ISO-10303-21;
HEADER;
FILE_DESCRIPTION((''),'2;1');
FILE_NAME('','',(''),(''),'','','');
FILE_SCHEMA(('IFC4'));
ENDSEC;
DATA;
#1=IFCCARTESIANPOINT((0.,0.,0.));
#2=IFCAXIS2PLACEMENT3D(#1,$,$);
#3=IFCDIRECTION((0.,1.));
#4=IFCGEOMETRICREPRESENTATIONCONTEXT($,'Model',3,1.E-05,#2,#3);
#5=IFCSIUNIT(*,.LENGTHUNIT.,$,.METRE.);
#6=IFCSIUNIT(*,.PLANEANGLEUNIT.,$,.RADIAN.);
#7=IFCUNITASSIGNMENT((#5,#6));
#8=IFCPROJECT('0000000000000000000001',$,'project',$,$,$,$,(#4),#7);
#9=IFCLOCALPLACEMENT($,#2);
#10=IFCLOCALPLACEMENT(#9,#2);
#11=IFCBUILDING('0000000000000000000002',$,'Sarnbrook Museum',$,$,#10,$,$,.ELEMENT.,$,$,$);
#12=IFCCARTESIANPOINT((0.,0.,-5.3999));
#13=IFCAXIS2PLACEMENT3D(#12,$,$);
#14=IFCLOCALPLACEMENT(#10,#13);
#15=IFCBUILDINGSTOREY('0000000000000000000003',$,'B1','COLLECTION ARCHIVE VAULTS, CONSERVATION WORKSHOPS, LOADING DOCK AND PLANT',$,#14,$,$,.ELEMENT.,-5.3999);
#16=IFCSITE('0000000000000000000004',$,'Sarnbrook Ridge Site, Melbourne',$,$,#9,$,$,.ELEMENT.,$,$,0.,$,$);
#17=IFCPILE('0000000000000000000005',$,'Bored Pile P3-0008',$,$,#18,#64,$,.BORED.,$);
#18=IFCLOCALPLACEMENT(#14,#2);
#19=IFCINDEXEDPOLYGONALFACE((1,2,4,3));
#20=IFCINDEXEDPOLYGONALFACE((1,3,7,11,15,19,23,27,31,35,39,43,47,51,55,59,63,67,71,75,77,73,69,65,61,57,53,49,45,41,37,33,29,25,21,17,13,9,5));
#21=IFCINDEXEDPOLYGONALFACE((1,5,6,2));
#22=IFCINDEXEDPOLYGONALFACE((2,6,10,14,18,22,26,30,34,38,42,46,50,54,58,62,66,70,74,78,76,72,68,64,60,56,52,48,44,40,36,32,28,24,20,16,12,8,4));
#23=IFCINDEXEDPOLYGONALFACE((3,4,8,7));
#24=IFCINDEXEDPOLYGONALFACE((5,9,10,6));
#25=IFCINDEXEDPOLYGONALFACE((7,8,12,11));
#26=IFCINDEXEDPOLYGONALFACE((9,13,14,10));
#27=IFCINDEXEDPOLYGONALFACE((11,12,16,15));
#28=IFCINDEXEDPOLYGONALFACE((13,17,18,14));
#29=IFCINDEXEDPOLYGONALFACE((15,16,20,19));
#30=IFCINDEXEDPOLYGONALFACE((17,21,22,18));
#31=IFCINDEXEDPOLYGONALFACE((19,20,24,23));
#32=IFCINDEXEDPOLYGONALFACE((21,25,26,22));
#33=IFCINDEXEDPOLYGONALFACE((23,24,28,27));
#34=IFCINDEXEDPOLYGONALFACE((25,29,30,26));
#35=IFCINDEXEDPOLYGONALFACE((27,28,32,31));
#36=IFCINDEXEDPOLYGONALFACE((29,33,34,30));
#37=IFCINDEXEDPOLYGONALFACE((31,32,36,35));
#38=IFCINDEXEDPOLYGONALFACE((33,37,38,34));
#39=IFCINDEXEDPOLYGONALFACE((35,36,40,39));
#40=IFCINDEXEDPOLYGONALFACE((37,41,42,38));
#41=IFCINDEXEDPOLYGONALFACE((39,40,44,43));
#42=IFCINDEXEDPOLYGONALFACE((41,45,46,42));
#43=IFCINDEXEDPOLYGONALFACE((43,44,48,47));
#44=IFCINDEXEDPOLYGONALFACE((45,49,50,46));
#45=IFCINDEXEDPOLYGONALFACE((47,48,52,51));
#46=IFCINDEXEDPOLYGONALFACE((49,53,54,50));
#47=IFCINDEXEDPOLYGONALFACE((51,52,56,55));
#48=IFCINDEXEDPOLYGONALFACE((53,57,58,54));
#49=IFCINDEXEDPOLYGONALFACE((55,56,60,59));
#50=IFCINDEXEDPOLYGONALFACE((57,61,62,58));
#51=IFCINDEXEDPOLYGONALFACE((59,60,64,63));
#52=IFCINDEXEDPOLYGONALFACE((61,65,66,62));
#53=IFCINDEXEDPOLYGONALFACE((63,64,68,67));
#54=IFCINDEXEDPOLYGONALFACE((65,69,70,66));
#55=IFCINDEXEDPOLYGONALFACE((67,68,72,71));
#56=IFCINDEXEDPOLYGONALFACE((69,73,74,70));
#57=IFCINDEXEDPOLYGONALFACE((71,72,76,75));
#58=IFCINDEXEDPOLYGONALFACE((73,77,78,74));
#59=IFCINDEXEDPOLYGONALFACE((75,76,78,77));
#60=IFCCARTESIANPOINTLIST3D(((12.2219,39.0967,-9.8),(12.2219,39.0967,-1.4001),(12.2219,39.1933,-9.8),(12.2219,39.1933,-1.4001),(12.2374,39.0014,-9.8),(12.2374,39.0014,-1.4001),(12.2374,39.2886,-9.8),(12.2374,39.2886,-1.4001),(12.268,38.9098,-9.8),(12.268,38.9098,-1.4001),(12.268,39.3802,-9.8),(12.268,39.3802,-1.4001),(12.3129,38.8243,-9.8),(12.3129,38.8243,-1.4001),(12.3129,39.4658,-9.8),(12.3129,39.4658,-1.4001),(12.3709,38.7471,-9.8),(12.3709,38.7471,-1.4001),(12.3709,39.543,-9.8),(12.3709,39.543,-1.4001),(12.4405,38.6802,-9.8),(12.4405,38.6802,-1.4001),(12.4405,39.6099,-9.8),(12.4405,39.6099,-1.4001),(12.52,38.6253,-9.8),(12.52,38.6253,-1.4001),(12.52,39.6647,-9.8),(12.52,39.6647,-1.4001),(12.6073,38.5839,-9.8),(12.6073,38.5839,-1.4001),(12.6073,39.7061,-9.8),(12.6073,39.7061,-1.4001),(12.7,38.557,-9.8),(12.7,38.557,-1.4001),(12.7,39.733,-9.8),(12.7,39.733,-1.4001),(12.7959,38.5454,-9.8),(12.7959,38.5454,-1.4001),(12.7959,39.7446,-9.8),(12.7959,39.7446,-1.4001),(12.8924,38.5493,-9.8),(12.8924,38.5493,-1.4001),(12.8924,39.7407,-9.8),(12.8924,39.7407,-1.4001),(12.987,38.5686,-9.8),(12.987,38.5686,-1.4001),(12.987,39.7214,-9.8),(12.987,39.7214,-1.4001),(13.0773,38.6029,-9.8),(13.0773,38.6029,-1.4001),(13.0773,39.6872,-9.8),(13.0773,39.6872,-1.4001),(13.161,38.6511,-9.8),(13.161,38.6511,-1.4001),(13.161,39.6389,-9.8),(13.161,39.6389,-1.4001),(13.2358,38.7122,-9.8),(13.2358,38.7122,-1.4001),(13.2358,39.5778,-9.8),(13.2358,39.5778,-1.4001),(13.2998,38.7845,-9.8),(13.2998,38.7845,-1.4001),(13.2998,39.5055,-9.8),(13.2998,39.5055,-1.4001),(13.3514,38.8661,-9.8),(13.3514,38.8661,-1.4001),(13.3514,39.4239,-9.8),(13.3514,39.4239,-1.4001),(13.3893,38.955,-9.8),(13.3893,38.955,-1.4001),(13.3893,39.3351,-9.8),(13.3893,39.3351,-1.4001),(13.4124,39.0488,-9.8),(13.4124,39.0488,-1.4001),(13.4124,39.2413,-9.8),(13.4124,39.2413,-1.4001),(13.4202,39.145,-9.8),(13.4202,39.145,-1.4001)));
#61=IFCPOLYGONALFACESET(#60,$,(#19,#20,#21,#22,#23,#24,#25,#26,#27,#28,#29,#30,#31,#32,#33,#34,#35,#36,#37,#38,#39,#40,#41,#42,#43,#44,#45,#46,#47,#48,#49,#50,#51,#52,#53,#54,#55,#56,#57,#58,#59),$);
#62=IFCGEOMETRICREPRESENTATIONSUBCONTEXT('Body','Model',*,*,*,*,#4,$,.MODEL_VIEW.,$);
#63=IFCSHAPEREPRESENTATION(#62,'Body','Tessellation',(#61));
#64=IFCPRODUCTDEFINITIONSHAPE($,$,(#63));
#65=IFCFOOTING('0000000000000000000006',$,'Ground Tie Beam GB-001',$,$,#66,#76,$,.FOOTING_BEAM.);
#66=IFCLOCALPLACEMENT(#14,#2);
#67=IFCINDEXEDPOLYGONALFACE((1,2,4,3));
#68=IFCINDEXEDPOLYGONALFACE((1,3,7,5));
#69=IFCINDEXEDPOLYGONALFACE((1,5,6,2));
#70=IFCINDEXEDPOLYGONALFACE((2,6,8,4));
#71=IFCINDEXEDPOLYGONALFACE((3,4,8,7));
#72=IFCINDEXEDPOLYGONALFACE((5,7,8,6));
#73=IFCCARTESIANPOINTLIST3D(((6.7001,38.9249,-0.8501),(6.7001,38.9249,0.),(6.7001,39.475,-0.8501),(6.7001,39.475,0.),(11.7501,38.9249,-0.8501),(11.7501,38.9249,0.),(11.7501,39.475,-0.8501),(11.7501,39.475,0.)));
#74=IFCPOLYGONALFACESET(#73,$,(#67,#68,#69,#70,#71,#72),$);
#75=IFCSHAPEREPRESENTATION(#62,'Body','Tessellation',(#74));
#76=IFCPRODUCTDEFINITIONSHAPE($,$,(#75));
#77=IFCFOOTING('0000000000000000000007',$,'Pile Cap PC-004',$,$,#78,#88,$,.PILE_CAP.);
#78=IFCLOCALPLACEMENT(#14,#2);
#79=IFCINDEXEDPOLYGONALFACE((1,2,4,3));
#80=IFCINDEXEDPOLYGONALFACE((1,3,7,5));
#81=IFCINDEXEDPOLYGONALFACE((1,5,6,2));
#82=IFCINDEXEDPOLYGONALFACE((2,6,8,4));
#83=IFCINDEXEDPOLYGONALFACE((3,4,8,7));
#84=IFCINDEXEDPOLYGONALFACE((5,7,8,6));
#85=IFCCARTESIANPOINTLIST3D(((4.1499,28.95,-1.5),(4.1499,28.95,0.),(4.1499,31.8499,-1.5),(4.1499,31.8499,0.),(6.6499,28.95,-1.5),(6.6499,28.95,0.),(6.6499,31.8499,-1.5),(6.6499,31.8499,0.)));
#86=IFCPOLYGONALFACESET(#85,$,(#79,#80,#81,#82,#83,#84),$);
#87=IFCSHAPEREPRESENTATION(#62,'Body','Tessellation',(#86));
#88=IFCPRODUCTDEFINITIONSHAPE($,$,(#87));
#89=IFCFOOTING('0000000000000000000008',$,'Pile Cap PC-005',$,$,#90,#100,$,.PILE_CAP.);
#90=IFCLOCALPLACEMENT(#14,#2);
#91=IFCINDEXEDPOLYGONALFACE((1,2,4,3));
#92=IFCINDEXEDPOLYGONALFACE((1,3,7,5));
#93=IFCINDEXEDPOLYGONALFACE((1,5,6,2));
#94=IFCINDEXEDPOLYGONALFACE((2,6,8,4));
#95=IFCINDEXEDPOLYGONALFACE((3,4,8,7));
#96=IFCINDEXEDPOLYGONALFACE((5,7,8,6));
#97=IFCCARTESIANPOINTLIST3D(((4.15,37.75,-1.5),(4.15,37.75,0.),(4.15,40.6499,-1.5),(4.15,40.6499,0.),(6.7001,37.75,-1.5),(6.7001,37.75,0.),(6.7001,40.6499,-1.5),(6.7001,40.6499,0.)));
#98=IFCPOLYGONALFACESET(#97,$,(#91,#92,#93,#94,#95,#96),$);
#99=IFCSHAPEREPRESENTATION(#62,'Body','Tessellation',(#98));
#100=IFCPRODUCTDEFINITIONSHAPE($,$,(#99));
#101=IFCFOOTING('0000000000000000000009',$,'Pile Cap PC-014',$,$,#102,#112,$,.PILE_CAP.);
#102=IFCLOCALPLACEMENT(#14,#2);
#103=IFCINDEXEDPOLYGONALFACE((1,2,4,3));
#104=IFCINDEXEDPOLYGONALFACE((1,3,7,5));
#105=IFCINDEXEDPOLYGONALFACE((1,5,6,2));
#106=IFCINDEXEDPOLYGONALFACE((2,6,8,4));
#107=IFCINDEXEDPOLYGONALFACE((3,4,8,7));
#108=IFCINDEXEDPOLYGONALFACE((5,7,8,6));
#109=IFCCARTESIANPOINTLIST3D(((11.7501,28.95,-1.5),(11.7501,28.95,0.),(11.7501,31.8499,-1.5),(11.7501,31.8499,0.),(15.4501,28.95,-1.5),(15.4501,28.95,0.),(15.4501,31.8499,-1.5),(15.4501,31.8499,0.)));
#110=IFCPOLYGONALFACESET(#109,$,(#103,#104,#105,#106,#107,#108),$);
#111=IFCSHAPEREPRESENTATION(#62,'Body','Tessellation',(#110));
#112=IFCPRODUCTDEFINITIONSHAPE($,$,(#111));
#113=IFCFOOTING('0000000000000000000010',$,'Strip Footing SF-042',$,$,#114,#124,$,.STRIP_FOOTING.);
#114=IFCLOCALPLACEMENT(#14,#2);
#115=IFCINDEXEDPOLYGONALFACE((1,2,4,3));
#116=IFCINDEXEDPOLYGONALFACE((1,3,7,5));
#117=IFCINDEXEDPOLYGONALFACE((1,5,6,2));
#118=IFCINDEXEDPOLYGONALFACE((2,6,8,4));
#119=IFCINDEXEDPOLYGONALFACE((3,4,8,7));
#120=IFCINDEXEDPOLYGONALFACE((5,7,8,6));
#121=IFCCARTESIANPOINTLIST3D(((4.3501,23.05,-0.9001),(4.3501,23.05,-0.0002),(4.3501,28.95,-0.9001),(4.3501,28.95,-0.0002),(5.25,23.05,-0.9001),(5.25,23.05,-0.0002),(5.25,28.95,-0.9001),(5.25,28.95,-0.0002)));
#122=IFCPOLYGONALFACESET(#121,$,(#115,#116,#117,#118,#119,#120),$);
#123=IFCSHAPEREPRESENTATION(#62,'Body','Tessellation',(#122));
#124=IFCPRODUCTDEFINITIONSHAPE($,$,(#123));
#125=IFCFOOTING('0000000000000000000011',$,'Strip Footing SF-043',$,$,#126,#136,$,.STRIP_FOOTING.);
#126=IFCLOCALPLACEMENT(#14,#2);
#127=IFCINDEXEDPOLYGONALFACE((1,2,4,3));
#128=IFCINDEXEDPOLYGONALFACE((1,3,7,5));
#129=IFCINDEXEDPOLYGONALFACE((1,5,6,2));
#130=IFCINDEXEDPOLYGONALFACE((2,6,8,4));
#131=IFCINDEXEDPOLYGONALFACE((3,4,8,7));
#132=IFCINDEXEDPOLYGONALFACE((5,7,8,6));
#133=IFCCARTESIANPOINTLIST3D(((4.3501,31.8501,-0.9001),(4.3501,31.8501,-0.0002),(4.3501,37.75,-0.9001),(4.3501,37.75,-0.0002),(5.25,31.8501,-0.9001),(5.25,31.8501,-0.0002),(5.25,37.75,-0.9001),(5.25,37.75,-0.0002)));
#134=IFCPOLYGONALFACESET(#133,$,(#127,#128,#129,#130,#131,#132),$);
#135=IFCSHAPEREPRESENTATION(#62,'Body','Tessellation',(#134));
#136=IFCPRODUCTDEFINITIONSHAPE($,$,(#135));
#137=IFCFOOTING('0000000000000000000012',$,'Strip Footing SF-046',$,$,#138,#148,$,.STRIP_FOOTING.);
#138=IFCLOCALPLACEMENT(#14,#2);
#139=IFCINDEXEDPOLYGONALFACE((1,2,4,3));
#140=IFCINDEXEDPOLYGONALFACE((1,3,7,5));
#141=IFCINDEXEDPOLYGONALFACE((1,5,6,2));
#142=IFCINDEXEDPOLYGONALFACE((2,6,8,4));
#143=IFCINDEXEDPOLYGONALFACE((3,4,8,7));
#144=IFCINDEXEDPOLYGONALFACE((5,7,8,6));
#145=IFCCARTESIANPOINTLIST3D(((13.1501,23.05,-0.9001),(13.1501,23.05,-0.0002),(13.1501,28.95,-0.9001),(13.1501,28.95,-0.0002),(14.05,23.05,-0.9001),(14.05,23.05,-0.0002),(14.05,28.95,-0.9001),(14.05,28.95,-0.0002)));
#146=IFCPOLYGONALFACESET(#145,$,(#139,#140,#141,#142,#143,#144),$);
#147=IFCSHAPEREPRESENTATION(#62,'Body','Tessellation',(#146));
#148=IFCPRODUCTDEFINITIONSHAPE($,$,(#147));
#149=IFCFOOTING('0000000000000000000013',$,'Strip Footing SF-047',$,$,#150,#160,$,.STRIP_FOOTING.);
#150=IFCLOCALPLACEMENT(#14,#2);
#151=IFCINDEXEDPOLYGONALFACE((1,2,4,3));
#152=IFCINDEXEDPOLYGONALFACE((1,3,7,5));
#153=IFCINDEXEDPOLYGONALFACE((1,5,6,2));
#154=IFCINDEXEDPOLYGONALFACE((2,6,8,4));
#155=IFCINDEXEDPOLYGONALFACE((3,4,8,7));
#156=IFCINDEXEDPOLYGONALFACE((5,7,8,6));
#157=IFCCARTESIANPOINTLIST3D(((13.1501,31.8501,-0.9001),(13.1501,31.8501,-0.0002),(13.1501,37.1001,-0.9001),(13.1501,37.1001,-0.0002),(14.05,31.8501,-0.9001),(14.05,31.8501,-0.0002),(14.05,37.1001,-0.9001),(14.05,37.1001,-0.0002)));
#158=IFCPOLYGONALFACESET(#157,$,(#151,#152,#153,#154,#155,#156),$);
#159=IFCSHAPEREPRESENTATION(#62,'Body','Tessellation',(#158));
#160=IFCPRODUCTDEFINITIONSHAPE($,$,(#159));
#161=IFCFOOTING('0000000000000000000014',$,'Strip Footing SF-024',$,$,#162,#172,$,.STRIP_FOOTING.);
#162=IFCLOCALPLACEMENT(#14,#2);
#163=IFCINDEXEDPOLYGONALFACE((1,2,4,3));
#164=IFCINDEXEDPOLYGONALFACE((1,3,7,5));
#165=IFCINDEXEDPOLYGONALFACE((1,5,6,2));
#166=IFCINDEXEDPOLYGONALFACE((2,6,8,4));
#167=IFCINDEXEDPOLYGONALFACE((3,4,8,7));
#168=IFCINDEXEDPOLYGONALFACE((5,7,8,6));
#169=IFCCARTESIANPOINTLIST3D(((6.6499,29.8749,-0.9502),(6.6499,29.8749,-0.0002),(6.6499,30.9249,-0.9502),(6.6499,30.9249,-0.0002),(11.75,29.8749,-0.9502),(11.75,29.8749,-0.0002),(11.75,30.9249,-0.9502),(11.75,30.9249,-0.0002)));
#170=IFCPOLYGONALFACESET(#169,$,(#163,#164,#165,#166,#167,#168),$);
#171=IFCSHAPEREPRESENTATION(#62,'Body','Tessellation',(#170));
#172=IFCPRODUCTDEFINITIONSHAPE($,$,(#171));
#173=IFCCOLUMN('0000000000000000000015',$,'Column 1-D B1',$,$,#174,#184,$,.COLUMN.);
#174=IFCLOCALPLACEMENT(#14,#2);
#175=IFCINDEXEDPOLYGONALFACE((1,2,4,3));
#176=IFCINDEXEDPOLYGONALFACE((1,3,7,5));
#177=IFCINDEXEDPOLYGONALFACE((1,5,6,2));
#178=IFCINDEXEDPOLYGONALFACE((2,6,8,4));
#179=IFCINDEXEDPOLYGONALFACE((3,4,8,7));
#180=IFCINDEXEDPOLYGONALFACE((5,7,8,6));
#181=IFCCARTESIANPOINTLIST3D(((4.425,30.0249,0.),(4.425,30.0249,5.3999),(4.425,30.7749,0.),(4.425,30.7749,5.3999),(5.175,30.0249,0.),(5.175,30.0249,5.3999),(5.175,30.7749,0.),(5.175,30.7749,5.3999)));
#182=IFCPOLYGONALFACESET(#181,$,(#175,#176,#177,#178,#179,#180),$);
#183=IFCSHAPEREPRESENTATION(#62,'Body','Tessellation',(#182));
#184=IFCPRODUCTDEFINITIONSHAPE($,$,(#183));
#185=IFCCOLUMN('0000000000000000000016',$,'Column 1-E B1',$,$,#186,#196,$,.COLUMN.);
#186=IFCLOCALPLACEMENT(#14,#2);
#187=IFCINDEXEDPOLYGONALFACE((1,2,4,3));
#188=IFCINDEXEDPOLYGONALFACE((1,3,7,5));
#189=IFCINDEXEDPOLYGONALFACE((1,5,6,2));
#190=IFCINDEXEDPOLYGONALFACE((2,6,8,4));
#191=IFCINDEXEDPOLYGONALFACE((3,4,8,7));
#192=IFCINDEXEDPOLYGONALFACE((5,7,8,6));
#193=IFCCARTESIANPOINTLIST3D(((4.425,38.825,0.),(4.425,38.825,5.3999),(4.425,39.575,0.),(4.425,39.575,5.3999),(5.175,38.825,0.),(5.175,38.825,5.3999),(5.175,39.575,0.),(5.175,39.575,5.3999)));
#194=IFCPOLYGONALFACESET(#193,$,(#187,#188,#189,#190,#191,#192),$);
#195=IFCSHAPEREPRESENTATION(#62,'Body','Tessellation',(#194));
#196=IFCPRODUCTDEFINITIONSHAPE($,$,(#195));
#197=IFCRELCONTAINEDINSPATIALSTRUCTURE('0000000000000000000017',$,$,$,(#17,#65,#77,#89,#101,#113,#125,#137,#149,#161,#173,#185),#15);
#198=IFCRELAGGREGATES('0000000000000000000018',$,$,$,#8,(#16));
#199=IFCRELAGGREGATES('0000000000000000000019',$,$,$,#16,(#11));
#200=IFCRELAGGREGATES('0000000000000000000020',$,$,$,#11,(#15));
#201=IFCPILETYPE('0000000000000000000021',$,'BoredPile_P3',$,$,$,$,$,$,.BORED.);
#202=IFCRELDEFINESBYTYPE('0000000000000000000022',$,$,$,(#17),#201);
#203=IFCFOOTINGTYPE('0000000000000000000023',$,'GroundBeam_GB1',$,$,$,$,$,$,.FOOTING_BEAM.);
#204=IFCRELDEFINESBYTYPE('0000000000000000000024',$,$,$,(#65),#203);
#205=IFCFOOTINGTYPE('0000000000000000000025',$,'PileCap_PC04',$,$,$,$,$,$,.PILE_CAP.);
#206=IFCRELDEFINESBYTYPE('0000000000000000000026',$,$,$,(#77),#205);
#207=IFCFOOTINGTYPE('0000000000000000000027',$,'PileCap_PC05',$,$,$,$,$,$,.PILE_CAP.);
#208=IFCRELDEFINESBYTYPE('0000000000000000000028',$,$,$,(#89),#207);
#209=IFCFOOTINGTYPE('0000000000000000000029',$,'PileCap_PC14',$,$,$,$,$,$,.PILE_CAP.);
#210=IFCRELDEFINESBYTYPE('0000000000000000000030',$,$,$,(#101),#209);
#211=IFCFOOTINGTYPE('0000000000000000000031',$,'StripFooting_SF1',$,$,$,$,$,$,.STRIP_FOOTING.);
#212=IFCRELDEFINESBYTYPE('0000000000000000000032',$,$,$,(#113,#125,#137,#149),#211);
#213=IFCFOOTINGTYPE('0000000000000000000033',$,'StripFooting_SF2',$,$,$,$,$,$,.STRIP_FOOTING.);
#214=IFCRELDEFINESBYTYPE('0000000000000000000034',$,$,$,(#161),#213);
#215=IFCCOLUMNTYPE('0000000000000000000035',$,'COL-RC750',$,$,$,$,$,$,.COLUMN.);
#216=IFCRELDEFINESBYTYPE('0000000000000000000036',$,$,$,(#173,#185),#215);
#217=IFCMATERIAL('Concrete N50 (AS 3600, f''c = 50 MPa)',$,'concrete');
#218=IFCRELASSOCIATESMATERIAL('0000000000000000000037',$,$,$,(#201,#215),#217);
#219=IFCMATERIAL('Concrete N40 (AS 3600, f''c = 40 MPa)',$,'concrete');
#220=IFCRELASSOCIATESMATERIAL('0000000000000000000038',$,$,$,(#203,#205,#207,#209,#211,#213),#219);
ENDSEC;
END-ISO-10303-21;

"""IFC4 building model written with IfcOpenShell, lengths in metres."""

from ifc_helpers import new_model, si_unit, direction, frame, origin, origin_2d, place, context, subcontext, project, spatial, rectangle, circle, extrude, material, material_profile, profile_set, type_object, element, save


model = new_model("IFC4")

# Units and contexts
model_context = context("Model", 3, precision=1e-05, world=origin(), true_north=direction((0.0, 1.0)))
body_context = subcontext(model_context, "Body", "Model", "MODEL_VIEW")
ifc_project = project(units=[si_unit("LENGTHUNIT", "METRE"), si_unit("PLANEANGLEUNIT", "RADIAN")], contexts=[model_context])

# Site, building, storey
site_placement = place(None, origin())
site = spatial("IfcSite", under=ifc_project, at=site_placement, Name="Sarnbrook Ridge Site, Melbourne", CompositionType="ELEMENT", RefElevation=0.0)
building_placement = place(site_placement, origin())
building = spatial("IfcBuilding", under=site, at=building_placement, Name="Sarnbrook Museum", CompositionType="ELEMENT")
storey_placement = place(building_placement, frame((0.0, 0.0, -5.3999)))
storey = spatial("IfcBuildingStorey", under=building, at=storey_placement, Name="B1", Description="COLLECTION ARCHIVE VAULTS, CONSERVATION WORKSHOPS, LOADING DOCK AND PLANT", CompositionType="ELEMENT", Elevation=-5.3999)

# Pile
ifc_material_1 = material(Name="Concrete N50 (AS 3600, f'c = 50 MPa)", Category="concrete")
ifc_material_profile_1 = material_profile(ifc_material_1, circle(Radius=0.6001, at=origin_2d()), Name="BORED PILE D1200")
ifc_profile_set_1 = profile_set([ifc_material_profile_1], Name="Concrete N50 (AS 3600, f'c = 50 MPa)")
pile_type_1 = type_object("IfcPileType", Name="BoredPile_P3", PredefinedType="BORED", material=ifc_profile_set_1)
pile_1_placement = place(storey_placement, frame((12.8201, 39.145, -1.4001), z_axis=(0.0, 0.0, -1.0), x_axis=(1.0, 0.0, 0.0)))
element("IfcPile", 1, at=pile_1_placement, inside=storey, type_object=pile_type_1, Name="Bored Pile P3-0008", PredefinedType="BORED", context=body_context, shape_type="SweptSolid", body=[
    extrude(circle(Radius=0.6001, at=origin_2d()), origin(), (0.0, 0.0, 1.0), 8.3999),
])

# Footings
ifc_material_2 = material(Name="Concrete N40 (AS 3600, f'c = 40 MPa)", Category="concrete")
footing_type_1 = type_object("IfcFootingType", Name="GroundBeam_GB1", PredefinedType="FOOTING_BEAM", material=ifc_material_2)
footing_1_placement = place(storey_placement, frame((9.2251, 39.2, -0.8501), z_axis=(0.0, 0.0, 1.0), x_axis=(1.0, 0.0, 0.0)))
element("IfcFooting", 2, at=footing_1_placement, inside=storey, type_object=footing_type_1, Name="Ground Tie Beam GB-001", PredefinedType="FOOTING_BEAM", context=body_context, shape_type="SweptSolid", body=[
    extrude(rectangle(XDim=5.05, YDim=0.55, at=origin_2d()), origin(), (0.0, 0.0, 1.0), 0.8501),
])
footing_type_2 = type_object("IfcFootingType", Name="PileCap_PC04", PredefinedType="PILE_CAP", material=ifc_material_2)
footing_2_placement = place(storey_placement, frame((5.3999, 30.3999, -1.5), z_axis=(0.0, 0.0, 1.0), x_axis=(1.0, 0.0, 0.0)))
element("IfcFooting", 3, at=footing_2_placement, inside=storey, type_object=footing_type_2, Name="Pile Cap PC-004", PredefinedType="PILE_CAP", context=body_context, shape_type="SweptSolid", body=[
    extrude(rectangle(XDim=2.5, YDim=2.8999, at=origin_2d()), origin(), (0.0, 0.0, 1.0), 1.5),
])
footing_type_3 = type_object("IfcFootingType", Name="PileCap_PC05", PredefinedType="PILE_CAP", material=ifc_material_2)
footing_3_placement = place(storey_placement, frame((5.425, 39.2, -1.5), z_axis=(0.0, 0.0, 1.0), x_axis=(1.0, 0.0, 0.0)))
element("IfcFooting", 4, at=footing_3_placement, inside=storey, type_object=footing_type_3, Name="Pile Cap PC-005", PredefinedType="PILE_CAP", context=body_context, shape_type="SweptSolid", body=[
    extrude(rectangle(XDim=2.55, YDim=2.8999, at=origin_2d()), origin(), (0.0, 0.0, 1.0), 1.5),
])
footing_type_4 = type_object("IfcFootingType", Name="PileCap_PC14", PredefinedType="PILE_CAP", material=ifc_material_2)
footing_4_placement = place(storey_placement, frame((13.6001, 30.3999, -1.5), z_axis=(0.0, 0.0, 1.0), x_axis=(1.0, 0.0, 0.0)))
element("IfcFooting", 5, at=footing_4_placement, inside=storey, type_object=footing_type_4, Name="Pile Cap PC-014", PredefinedType="PILE_CAP", context=body_context, shape_type="SweptSolid", body=[
    extrude(rectangle(XDim=3.7, YDim=2.8999, at=origin_2d()), origin(), (0.0, 0.0, 1.0), 1.5),
])
footing_type_5 = type_object("IfcFootingType", Name="StripFooting_SF1", PredefinedType="STRIP_FOOTING", material=ifc_material_2)
for number, where, z_axis, x_axis, name in (
    (6, (4.8, 26.0, -0.9001), (0.0, 0.0, 1.0), (1.0, 0.0, 0.0), "Strip Footing SF-042"),
    (7, (4.8, 34.8, -0.9001), (0.0, 0.0, 1.0), (1.0, 0.0, 0.0), "Strip Footing SF-043"),
    (8, (13.6001, 26.0, -0.9001), (0.0, 0.0, 1.0), (1.0, 0.0, 0.0), "Strip Footing SF-046"),
):
    element("IfcFooting", number, at=place(storey_placement, frame(where, z_axis=z_axis, x_axis=x_axis)), inside=storey, type_object=footing_type_5, Name=name, PredefinedType="STRIP_FOOTING", context=body_context, shape_type="SweptSolid", body=[
        extrude(rectangle(XDim=0.8999, YDim=5.8999, at=origin_2d()), origin(), (0.0, 0.0, 1.0), 0.8999),
    ])
footing_5_placement = place(storey_placement, frame((13.6001, 34.4751, -0.9001), z_axis=(0.0, 0.0, 1.0), x_axis=(1.0, 0.0, 0.0)))
element("IfcFooting", 9, at=footing_5_placement, inside=storey, type_object=footing_type_5, Name="Strip Footing SF-047", PredefinedType="STRIP_FOOTING", context=body_context, shape_type="SweptSolid", body=[
    extrude(rectangle(XDim=0.8999, YDim=5.25, at=origin_2d()), origin(), (0.0, 0.0, 1.0), 0.8999),
])
footing_type_6 = type_object("IfcFootingType", Name="StripFooting_SF2", PredefinedType="STRIP_FOOTING", material=ifc_material_2)
footing_6_placement = place(storey_placement, frame((9.2, 30.3999, -0.9502), z_axis=(0.0, 0.0, 1.0), x_axis=(1.0, 0.0, 0.0)))
element("IfcFooting", 10, at=footing_6_placement, inside=storey, type_object=footing_type_6, Name="Strip Footing SF-024", PredefinedType="STRIP_FOOTING", context=body_context, shape_type="SweptSolid", body=[
    extrude(rectangle(XDim=5.1001, YDim=1.05, at=origin_2d()), origin(), (0.0, 0.0, 1.0), 0.95),
])

# Columns
ifc_material_profile_2 = material_profile(ifc_material_1, rectangle(XDim=0.75, YDim=0.75, at=origin_2d()), Name="RC 750x750")
ifc_profile_set_2 = profile_set([ifc_material_profile_2], Name="Concrete N50 (AS 3600, f'c = 50 MPa)")
column_type = type_object("IfcColumnType", Name="COL-RC750", PredefinedType="COLUMN", material=ifc_profile_set_2)
for number, where, z_axis, x_axis, name in (
    (11, (4.8, 30.3999, 0.0), (0.0, 0.0, 1.0), (1.0, 0.0, 0.0), "Column 1-D B1"),
    (12, (4.8, 39.2, 0.0), (0.0, 0.0, 1.0), (1.0, 0.0, 0.0), "Column 1-E B1"),
):
    element("IfcColumn", number, at=place(storey_placement, frame(where, z_axis=z_axis, x_axis=x_axis)), inside=storey, type_object=column_type, Name=name, PredefinedType="COLUMN", context=body_context, shape_type="SweptSolid", body=[
        extrude(rectangle(XDim=0.75, YDim=0.75, at=origin_2d()), origin(), (0.0, 0.0, 1.0), 5.3999),
    ])

save(model, "model.ifc")
